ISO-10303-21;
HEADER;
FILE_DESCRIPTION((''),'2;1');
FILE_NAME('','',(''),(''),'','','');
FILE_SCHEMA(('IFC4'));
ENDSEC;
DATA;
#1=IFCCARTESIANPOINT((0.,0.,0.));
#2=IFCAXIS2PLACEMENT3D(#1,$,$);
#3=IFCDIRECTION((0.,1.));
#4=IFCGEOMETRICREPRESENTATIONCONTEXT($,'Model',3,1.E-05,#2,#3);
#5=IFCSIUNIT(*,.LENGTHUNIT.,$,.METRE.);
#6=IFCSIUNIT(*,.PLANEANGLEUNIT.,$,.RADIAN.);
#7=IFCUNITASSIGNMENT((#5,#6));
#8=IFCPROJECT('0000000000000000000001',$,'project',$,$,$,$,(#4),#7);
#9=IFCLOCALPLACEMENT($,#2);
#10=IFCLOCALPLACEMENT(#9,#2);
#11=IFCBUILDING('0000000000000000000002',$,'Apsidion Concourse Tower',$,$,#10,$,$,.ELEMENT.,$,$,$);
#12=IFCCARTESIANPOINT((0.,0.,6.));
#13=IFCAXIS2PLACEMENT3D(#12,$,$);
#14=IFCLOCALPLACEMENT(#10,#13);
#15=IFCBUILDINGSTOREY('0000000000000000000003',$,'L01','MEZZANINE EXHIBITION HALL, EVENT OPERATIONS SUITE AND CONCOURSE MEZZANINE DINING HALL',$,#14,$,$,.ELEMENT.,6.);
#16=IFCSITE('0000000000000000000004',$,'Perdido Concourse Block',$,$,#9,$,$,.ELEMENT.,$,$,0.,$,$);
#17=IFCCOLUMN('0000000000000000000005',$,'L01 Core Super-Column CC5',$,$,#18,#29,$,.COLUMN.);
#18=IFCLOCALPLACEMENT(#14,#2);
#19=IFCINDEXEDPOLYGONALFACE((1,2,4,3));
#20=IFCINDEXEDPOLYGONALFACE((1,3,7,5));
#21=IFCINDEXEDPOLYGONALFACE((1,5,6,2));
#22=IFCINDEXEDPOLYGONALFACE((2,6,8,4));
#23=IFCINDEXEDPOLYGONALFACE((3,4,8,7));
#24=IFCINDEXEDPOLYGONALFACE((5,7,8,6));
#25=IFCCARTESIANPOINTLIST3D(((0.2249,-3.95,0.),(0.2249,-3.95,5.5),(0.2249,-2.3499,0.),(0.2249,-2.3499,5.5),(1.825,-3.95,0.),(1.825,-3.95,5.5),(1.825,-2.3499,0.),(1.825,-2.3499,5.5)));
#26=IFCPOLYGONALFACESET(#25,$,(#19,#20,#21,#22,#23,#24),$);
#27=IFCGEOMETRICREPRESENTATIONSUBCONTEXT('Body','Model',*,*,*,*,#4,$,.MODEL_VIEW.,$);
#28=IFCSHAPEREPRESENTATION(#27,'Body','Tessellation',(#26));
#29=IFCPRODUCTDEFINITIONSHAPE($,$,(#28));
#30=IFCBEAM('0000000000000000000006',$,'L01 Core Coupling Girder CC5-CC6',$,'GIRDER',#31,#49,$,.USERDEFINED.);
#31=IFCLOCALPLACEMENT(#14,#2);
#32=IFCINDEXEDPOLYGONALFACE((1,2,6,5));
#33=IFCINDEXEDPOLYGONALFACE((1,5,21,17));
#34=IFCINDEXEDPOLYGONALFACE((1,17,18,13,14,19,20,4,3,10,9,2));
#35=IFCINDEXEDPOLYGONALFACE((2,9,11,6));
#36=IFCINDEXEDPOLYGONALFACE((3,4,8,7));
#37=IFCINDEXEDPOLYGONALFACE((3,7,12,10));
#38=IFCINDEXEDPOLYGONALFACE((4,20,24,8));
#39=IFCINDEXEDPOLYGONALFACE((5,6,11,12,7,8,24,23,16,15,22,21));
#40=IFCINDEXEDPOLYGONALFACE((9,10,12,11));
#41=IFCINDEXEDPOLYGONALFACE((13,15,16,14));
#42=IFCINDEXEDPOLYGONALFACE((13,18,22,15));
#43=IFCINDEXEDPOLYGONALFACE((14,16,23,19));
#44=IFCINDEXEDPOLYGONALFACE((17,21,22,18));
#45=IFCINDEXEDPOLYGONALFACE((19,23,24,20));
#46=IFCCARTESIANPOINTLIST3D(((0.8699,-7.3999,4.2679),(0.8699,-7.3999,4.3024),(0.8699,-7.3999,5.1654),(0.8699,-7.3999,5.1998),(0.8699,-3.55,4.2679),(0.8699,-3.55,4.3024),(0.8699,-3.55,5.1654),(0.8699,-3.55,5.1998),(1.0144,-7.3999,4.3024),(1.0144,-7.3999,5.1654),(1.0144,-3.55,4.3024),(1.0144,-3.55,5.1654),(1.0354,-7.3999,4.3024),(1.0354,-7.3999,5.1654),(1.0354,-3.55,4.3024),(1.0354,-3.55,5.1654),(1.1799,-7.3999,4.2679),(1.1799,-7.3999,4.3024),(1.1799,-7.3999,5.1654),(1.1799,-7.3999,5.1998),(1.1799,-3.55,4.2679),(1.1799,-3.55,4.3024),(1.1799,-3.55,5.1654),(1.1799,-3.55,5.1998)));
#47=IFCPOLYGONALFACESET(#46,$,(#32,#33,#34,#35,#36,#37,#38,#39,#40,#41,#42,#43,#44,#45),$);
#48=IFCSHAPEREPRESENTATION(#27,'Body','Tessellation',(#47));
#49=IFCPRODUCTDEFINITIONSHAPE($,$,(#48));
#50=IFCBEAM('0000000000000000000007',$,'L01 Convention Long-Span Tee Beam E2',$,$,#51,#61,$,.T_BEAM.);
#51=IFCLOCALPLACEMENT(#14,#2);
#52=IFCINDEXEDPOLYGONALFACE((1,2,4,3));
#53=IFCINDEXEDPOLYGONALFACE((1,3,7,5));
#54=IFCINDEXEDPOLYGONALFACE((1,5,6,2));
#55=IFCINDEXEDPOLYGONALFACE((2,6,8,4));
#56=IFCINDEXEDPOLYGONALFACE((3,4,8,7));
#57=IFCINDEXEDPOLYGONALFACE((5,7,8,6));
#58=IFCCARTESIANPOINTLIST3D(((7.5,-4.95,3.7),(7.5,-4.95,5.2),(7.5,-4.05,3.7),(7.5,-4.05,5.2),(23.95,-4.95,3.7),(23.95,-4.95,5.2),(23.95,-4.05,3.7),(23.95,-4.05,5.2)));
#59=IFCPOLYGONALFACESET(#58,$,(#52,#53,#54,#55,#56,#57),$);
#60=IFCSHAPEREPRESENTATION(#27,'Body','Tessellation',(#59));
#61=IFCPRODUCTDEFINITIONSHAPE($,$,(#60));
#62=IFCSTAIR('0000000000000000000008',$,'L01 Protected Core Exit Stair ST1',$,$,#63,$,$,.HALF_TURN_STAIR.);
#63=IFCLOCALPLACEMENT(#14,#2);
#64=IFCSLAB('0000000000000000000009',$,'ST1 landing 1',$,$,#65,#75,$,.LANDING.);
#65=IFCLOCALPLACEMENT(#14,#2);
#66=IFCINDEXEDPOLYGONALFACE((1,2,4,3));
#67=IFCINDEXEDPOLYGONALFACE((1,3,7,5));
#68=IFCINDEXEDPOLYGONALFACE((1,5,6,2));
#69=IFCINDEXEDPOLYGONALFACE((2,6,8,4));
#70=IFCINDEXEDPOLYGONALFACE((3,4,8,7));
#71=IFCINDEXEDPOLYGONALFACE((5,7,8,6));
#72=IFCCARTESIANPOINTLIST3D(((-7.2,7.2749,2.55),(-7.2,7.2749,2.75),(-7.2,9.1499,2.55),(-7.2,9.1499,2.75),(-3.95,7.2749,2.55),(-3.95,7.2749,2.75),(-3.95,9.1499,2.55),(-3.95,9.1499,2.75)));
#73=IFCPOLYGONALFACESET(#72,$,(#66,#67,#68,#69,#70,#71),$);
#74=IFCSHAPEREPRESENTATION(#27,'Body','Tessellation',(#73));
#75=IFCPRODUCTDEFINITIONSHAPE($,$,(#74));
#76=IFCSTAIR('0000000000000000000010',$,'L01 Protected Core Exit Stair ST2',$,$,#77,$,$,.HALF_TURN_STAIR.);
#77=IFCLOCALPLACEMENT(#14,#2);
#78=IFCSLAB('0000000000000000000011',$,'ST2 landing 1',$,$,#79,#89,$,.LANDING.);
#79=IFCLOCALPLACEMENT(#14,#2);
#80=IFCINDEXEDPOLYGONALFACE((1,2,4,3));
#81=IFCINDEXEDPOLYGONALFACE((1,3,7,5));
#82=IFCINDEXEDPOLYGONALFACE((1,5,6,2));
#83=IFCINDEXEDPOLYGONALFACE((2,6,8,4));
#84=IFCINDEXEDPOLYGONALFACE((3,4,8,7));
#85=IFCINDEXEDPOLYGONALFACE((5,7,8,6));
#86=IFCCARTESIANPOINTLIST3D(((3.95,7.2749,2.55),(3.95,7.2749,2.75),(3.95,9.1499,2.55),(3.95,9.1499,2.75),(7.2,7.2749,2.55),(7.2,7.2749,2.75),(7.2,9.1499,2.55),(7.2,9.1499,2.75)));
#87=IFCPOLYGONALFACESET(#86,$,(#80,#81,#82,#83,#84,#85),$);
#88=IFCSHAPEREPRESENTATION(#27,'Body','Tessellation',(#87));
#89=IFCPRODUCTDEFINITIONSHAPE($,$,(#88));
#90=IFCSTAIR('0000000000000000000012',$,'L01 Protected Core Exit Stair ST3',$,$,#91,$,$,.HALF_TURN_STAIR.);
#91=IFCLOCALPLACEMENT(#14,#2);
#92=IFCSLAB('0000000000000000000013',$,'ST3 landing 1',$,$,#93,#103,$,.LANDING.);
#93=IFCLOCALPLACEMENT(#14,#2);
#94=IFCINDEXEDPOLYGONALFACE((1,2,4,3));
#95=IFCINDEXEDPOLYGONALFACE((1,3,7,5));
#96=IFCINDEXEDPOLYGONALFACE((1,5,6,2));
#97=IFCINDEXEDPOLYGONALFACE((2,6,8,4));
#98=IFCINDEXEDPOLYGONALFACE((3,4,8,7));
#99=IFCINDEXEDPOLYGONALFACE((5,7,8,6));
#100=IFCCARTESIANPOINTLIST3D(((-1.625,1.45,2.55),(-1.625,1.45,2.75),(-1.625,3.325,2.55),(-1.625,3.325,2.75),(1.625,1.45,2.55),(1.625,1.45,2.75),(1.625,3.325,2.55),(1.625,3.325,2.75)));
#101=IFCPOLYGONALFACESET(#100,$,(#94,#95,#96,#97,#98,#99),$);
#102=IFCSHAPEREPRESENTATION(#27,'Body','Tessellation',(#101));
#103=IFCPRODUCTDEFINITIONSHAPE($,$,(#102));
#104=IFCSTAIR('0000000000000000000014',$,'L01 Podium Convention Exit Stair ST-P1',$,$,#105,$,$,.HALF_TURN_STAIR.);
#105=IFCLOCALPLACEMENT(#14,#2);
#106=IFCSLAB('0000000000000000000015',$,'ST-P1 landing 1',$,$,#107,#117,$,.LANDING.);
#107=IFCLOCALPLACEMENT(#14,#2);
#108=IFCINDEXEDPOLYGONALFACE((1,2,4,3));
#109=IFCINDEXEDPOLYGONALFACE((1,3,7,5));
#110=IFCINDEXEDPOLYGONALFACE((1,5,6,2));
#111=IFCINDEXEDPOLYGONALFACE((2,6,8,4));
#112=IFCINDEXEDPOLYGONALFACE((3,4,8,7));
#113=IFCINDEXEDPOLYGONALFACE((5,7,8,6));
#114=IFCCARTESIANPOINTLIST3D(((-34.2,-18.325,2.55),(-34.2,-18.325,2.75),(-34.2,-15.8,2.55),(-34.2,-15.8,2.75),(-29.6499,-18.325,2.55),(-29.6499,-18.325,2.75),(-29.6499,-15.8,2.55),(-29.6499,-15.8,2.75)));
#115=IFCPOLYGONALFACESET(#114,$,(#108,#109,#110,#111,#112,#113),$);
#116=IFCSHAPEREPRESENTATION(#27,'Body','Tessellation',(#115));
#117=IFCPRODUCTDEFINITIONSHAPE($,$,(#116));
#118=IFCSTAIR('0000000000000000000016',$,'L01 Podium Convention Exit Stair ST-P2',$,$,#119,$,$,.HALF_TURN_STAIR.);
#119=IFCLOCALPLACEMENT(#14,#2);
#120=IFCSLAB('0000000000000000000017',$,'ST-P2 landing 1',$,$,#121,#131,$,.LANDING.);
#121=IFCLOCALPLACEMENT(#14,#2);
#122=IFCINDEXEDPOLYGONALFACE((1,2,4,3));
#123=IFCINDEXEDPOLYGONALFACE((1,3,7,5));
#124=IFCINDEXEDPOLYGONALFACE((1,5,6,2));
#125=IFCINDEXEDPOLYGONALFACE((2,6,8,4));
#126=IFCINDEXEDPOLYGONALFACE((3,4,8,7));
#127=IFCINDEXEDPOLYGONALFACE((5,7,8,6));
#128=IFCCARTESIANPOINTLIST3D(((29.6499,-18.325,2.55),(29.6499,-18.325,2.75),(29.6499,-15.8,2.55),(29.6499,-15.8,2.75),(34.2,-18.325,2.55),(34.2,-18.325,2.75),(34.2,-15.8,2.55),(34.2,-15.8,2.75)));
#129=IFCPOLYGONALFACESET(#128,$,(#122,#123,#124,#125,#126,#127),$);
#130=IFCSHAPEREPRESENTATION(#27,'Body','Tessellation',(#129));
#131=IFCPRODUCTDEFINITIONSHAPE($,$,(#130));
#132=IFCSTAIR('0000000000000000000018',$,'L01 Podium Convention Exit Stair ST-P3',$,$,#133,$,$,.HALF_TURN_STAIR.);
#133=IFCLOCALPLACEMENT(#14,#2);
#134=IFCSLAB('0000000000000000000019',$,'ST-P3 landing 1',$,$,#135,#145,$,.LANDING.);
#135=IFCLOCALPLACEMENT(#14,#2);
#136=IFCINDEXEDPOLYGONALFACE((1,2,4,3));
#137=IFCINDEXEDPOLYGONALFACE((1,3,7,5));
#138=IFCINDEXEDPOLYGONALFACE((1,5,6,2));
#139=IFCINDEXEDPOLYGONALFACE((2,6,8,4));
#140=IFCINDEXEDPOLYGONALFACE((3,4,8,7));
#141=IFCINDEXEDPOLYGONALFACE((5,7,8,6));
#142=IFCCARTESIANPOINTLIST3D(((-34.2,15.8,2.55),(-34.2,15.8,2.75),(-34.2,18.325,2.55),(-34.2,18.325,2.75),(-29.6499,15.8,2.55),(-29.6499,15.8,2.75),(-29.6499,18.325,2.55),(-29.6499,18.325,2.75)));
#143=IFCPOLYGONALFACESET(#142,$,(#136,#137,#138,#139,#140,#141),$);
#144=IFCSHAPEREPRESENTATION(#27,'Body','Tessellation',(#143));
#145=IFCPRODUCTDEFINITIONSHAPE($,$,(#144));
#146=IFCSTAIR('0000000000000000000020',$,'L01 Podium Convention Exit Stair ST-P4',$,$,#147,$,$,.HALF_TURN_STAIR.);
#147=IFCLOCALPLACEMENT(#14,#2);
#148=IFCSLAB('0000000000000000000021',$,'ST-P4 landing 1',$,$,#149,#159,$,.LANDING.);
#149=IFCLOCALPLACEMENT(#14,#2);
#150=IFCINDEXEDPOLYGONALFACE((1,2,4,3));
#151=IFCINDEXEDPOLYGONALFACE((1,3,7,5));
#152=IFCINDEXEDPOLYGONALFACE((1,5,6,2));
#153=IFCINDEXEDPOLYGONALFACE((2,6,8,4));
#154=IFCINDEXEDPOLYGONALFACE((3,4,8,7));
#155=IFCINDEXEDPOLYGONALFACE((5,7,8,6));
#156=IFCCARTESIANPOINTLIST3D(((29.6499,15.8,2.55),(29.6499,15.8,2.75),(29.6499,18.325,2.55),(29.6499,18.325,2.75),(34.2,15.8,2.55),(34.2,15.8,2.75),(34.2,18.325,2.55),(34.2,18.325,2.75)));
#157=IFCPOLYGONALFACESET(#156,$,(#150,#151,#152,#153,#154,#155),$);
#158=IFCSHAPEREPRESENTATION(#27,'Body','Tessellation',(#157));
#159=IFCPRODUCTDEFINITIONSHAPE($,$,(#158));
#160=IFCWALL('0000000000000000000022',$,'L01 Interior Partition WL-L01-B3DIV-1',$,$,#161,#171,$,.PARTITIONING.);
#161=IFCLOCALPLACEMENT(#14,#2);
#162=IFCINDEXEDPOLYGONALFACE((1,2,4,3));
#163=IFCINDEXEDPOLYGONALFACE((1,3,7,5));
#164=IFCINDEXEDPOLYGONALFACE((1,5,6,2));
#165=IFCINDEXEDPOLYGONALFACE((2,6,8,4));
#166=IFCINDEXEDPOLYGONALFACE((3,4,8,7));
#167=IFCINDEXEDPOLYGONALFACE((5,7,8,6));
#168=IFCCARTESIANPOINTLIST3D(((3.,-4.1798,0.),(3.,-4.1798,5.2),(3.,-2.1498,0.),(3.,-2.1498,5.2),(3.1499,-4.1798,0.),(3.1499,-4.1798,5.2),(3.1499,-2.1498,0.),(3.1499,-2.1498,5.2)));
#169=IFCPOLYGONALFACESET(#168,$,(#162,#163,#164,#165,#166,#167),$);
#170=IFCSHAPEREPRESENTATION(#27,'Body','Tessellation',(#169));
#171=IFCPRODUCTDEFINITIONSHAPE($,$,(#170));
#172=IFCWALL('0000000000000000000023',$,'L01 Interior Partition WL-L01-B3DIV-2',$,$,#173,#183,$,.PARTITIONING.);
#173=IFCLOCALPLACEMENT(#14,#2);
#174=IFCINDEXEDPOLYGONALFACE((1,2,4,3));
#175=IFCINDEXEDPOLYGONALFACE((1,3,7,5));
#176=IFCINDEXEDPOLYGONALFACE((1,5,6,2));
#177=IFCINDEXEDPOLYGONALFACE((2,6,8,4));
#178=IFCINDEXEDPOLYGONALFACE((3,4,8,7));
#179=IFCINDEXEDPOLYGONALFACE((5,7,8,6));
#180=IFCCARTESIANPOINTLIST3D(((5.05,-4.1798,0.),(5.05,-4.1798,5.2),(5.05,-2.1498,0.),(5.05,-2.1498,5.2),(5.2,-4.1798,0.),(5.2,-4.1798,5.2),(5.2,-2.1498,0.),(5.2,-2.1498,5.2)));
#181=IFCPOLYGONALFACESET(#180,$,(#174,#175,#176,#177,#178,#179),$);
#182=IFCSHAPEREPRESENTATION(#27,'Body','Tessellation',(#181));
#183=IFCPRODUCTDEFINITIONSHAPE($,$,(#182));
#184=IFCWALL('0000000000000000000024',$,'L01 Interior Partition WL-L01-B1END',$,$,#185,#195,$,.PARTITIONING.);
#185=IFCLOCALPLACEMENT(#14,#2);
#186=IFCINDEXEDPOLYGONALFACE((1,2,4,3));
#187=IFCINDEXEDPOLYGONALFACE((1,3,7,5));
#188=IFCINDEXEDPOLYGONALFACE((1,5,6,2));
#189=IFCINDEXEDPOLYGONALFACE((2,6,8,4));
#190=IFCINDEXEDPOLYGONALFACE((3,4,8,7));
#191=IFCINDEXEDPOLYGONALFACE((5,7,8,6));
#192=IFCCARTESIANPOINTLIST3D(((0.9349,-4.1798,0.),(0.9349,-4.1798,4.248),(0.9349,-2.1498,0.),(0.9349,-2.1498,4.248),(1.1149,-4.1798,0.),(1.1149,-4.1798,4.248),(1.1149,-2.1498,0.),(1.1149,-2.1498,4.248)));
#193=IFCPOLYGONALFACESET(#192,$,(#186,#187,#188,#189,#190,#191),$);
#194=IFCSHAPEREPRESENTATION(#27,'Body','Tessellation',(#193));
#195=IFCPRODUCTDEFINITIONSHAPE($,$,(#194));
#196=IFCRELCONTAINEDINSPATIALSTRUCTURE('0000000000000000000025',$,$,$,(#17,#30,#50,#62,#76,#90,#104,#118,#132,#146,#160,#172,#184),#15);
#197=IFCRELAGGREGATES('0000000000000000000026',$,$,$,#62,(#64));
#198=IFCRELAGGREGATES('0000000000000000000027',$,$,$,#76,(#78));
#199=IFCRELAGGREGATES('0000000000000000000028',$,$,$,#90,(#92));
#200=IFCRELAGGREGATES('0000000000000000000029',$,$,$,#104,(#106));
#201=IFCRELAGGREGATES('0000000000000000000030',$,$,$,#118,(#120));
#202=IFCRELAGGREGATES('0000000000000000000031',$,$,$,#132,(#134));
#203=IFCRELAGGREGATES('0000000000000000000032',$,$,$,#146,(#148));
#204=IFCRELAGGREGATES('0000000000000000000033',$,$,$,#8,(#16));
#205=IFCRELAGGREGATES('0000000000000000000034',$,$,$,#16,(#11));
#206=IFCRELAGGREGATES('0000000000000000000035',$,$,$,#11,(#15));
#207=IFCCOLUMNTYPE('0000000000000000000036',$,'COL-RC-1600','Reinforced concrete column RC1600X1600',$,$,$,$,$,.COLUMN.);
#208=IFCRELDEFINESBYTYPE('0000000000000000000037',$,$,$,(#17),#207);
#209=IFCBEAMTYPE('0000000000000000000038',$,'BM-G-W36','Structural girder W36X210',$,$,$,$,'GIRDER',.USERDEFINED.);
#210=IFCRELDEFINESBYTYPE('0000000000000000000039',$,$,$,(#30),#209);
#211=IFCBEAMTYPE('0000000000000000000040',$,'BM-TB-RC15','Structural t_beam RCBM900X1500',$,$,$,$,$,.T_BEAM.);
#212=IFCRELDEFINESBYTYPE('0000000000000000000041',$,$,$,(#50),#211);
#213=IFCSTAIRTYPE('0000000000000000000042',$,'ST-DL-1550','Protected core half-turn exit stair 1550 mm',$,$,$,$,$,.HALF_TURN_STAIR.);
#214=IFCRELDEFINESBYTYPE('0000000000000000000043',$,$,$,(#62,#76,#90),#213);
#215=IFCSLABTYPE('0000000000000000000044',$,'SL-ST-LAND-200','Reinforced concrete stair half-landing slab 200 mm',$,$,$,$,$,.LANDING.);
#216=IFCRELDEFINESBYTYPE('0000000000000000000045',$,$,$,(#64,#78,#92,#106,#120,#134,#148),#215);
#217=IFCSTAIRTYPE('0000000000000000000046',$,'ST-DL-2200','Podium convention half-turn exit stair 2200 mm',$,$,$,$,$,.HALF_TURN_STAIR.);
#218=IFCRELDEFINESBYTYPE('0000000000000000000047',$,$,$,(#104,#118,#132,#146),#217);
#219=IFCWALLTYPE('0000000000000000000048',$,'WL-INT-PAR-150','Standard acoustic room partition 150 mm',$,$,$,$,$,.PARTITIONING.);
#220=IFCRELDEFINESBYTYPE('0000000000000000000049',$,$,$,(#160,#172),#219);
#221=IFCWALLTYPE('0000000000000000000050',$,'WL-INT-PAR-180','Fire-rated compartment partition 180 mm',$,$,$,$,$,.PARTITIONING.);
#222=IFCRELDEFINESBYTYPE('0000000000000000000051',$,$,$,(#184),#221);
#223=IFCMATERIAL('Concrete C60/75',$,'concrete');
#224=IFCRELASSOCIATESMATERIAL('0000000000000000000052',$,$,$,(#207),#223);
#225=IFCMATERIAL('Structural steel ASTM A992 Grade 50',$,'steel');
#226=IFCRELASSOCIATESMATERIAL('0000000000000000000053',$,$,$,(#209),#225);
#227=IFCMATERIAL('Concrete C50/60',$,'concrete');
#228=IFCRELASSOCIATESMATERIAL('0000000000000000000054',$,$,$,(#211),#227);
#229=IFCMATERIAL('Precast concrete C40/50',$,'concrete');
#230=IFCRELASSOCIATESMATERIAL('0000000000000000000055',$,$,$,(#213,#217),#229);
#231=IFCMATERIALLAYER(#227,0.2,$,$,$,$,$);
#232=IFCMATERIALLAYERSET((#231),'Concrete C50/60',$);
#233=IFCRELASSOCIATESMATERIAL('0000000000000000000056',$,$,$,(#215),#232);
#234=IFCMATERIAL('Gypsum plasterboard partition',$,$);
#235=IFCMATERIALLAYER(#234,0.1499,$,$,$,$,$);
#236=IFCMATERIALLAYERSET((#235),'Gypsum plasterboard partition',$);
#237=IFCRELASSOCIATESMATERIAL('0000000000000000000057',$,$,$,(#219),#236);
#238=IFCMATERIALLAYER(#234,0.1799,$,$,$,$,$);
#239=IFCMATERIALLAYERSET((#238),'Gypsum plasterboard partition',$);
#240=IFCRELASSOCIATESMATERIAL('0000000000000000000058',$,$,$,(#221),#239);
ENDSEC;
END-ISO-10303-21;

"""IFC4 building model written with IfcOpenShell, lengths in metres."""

from ifc_helpers import new_model, si_unit, direction, frame, frame_2d, origin, origin_2d, place, context, subcontext, project, spatial, polyline, rectangle, i_section, outline, extrude, material, layer, layer_set, material_profile, profile_set, type_object, element, aggregate, save


model = new_model("IFC4")

# Units and contexts
model_context = context("Model", 3, precision=1e-05, world=origin(), true_north=direction((0.0, 1.0)))
body_context = subcontext(model_context, "Body", "Model", "MODEL_VIEW")
ifc_project = project(units=[si_unit("LENGTHUNIT", "METRE"), si_unit("PLANEANGLEUNIT", "RADIAN")], contexts=[model_context])

# Site, building, storey
site_placement = place(None, origin())
site = spatial("IfcSite", under=ifc_project, at=site_placement, Name="Perdido Concourse Block", CompositionType="ELEMENT", RefElevation=0.0)
building_placement = place(site_placement, origin())
building = spatial("IfcBuilding", under=site, at=building_placement, Name="Apsidion Concourse Tower", CompositionType="ELEMENT")
storey_placement = place(building_placement, frame((0.0, 0.0, 6.0)))
storey = spatial("IfcBuildingStorey", under=building, at=storey_placement, Name="L01", Description="MEZZANINE EXHIBITION HALL, EVENT OPERATIONS SUITE AND CONCOURSE MEZZANINE DINING HALL", CompositionType="ELEMENT", Elevation=6.0)

# Column
ifc_material_1 = material(Name="Concrete C60/75", Category="concrete")
ifc_material_profile_1 = material_profile(ifc_material_1, rectangle(XDim=1.6001, YDim=1.6001, at=origin_2d()), Name="RC 1600x1600")
ifc_profile_set_1 = profile_set([ifc_material_profile_1], Name="Concrete C60/75")
column_type = type_object("IfcColumnType", Name="COL-RC-1600", Description="Reinforced concrete column RC1600X1600", PredefinedType="COLUMN", material=ifc_profile_set_1)
column_placement = place(storey_placement, frame((1.0249, -3.1499, 0.0), z_axis=(0.0, 0.0, 1.0), x_axis=(1.0, 0.0, 0.0)))
element("IfcColumn", 1, at=column_placement, inside=storey, type_object=column_type, Name="L01 Core Super-Column CC5", PredefinedType="COLUMN", context=body_context, shape_type="SweptSolid", body=[
    extrude(rectangle(XDim=1.6001, YDim=1.6001, at=origin_2d()), origin(), (0.0, 0.0, 1.0), 5.5),
])

# Beams
ifc_material_2 = material(Name="Structural steel ASTM A992 Grade 50", Category="steel")
ifc_material_profile_2 = material_profile(ifc_material_2, i_section(OverallWidth=0.3101, OverallDepth=0.9319, WebThickness=0.021, FlangeThickness=0.0344, at=origin_2d()), Name="W36X210")
ifc_profile_set_2 = profile_set([ifc_material_profile_2], Name="Structural steel ASTM A992 Grade 50")
beam_type_1 = type_object("IfcBeamType", Name="BM-G-W36", Description="Structural girder W36X210", ElementType="GIRDER", PredefinedType="USERDEFINED", material=ifc_profile_set_2)
beam_1_placement = place(storey_placement, frame((1.0249, -3.55, 4.7339), z_axis=(0.0, -1.0, 0.0), x_axis=(1.0, 0.0, 0.0)))
element("IfcBeam", 2, at=beam_1_placement, inside=storey, type_object=beam_type_1, Name="L01 Core Coupling Girder CC5-CC6", ObjectType="GIRDER", PredefinedType="USERDEFINED", context=body_context, shape_type="SweptSolid", body=[
    extrude(i_section(OverallWidth=0.3101, OverallDepth=0.9319, WebThickness=0.021, FlangeThickness=0.0344, at=origin_2d()), origin(), (0.0, 0.0, 1.0), 3.8499),
])
ifc_material_3 = material(Name="Concrete C50/60", Category="concrete")
ifc_material_profile_3 = material_profile(ifc_material_3, rectangle(XDim=0.8999, YDim=1.5, at=origin_2d()), Name="RC 900x1500")
ifc_profile_set_3 = profile_set([ifc_material_profile_3], Name="Concrete C50/60")
beam_type_2 = type_object("IfcBeamType", Name="BM-TB-RC15", Description="Structural t_beam RCBM900X1500", PredefinedType="T_BEAM", material=ifc_profile_set_3)
beam_2_placement = place(storey_placement, frame((7.5, -4.5, 4.45), z_axis=(1.0, 0.0, 0.0), x_axis=(0.0, 1.0, 0.0)))
element("IfcBeam", 3, at=beam_2_placement, inside=storey, type_object=beam_type_2, Name="L01 Convention Long-Span Tee Beam E2", PredefinedType="T_BEAM", context=body_context, shape_type="SweptSolid", body=[
    extrude(rectangle(XDim=0.8999, YDim=1.5, at=origin_2d()), origin(), (0.0, 0.0, 1.0), 16.45),
])

# Stairs, slabs
ifc_material_4 = material(Name="Precast concrete C40/50", Category="concrete")
stair_type_1 = type_object("IfcStairType", Name="ST-DL-1550", Description="Protected core half-turn exit stair 1550 mm", PredefinedType="HALF_TURN_STAIR", material=ifc_material_4)
stair_1_placement = place(storey_placement, origin())
stair_1 = element("IfcStair", 4, at=stair_1_placement, inside=storey, type_object=stair_type_1, Name="L01 Protected Core Exit Stair ST1", PredefinedType="HALF_TURN_STAIR")
ifc_layer_1 = layer(ifc_material_3, 0.2)
ifc_layer_set_1 = layer_set([ifc_layer_1], Name="Concrete C50/60")
slab_type = type_object("IfcSlabType", Name="SL-ST-LAND-200", Description="Reinforced concrete stair half-landing slab 200 mm", PredefinedType="LANDING", material=ifc_layer_set_1)
slab_1_placement = place(storey_placement, frame((0.0, 0.0, 2.55)))
slab_1 = element("IfcSlab", 5, at=slab_1_placement, type_object=slab_type, Name="ST1 landing 1", PredefinedType="LANDING", context=body_context, shape_type="SweptSolid", body=[
    extrude(outline(polyline([(-3.95, 7.2749), (-3.95, 9.1499), (-7.2, 9.1499), (-7.2, 7.2749), (-3.95, 7.2749)])), origin(), (0.0, 0.0, 1.0), 0.2),
])
aggregate(stair_1, [slab_1])
stair_2_placement = place(storey_placement, origin())
stair_2 = element("IfcStair", 6, at=stair_2_placement, inside=storey, type_object=stair_type_1, Name="L01 Protected Core Exit Stair ST2", PredefinedType="HALF_TURN_STAIR")
slab_2_placement = place(storey_placement, frame((0.0, 0.0, 2.55)))
slab_2 = element("IfcSlab", 7, at=slab_2_placement, type_object=slab_type, Name="ST2 landing 1", PredefinedType="LANDING", context=body_context, shape_type="SweptSolid", body=[
    extrude(outline(polyline([(7.2, 7.2749), (7.2, 9.1499), (3.95, 9.1499), (3.95, 7.2749), (7.2, 7.2749)])), origin(), (0.0, 0.0, 1.0), 0.2),
])
aggregate(stair_2, [slab_2])
stair_3_placement = place(storey_placement, origin())
stair_3 = element("IfcStair", 8, at=stair_3_placement, inside=storey, type_object=stair_type_1, Name="L01 Protected Core Exit Stair ST3", PredefinedType="HALF_TURN_STAIR")
slab_3_placement = place(storey_placement, frame((0.0, 0.0, 2.55)))
slab_3 = element("IfcSlab", 9, at=slab_3_placement, type_object=slab_type, Name="ST3 landing 1", PredefinedType="LANDING", context=body_context, shape_type="SweptSolid", body=[
    extrude(outline(polyline([(-1.625, 3.325), (-1.625, 1.45), (1.625, 1.45), (1.625, 3.325), (-1.625, 3.325)])), origin(), (0.0, 0.0, 1.0), 0.2),
])
aggregate(stair_3, [slab_3])
stair_type_2 = type_object("IfcStairType", Name="ST-DL-2200", Description="Podium convention half-turn exit stair 2200 mm", PredefinedType="HALF_TURN_STAIR", material=ifc_material_4)
stair_4_placement = place(storey_placement, origin())
stair_4 = element("IfcStair", 10, at=stair_4_placement, inside=storey, type_object=stair_type_2, Name="L01 Podium Convention Exit Stair ST-P1", PredefinedType="HALF_TURN_STAIR")
slab_4_placement = place(storey_placement, frame((0.0, 0.0, 2.55)))
slab_4 = element("IfcSlab", 11, at=slab_4_placement, type_object=slab_type, Name="ST-P1 landing 1", PredefinedType="LANDING", context=body_context, shape_type="SweptSolid", body=[
    extrude(outline(polyline([(-29.6499, -18.325), (-29.6499, -15.8), (-34.2, -15.8), (-34.2, -18.325), (-29.6499, -18.325)])), origin(), (0.0, 0.0, 1.0), 0.2),
])
aggregate(stair_4, [slab_4])
stair_5_placement = place(storey_placement, origin())
stair_5 = element("IfcStair", 12, at=stair_5_placement, inside=storey, type_object=stair_type_2, Name="L01 Podium Convention Exit Stair ST-P2", PredefinedType="HALF_TURN_STAIR")
slab_5_placement = place(storey_placement, frame((0.0, 0.0, 2.55)))
slab_5 = element("IfcSlab", 13, at=slab_5_placement, type_object=slab_type, Name="ST-P2 landing 1", PredefinedType="LANDING", context=body_context, shape_type="SweptSolid", body=[
    extrude(outline(polyline([(34.2, -18.325), (34.2, -15.8), (29.6499, -15.8), (29.6499, -18.325), (34.2, -18.325)])), origin(), (0.0, 0.0, 1.0), 0.2),
])
aggregate(stair_5, [slab_5])
stair_6_placement = place(storey_placement, origin())
stair_6 = element("IfcStair", 14, at=stair_6_placement, inside=storey, type_object=stair_type_2, Name="L01 Podium Convention Exit Stair ST-P3", PredefinedType="HALF_TURN_STAIR")
slab_6_placement = place(storey_placement, frame((0.0, 0.0, 2.55)))
slab_6 = element("IfcSlab", 15, at=slab_6_placement, type_object=slab_type, Name="ST-P3 landing 1", PredefinedType="LANDING", context=body_context, shape_type="SweptSolid", body=[
    extrude(outline(polyline([(-34.2, 18.325), (-34.2, 15.8), (-29.6499, 15.8), (-29.6499, 18.325), (-34.2, 18.325)])), origin(), (0.0, 0.0, 1.0), 0.2),
])
aggregate(stair_6, [slab_6])
stair_7_placement = place(storey_placement, origin())
stair_7 = element("IfcStair", 16, at=stair_7_placement, inside=storey, type_object=stair_type_2, Name="L01 Podium Convention Exit Stair ST-P4", PredefinedType="HALF_TURN_STAIR")
slab_7_placement = place(storey_placement, frame((0.0, 0.0, 2.55)))
slab_7 = element("IfcSlab", 17, at=slab_7_placement, type_object=slab_type, Name="ST-P4 landing 1", PredefinedType="LANDING", context=body_context, shape_type="SweptSolid", body=[
    extrude(outline(polyline([(29.6499, 18.325), (29.6499, 15.8), (34.2, 15.8), (34.2, 18.325), (29.6499, 18.325)])), origin(), (0.0, 0.0, 1.0), 0.2),
])
aggregate(stair_7, [slab_7])

# Walls
ifc_material_5 = material(Name="Gypsum plasterboard partition")
ifc_layer_2 = layer(ifc_material_5, 0.1499)
ifc_layer_set_2 = layer_set([ifc_layer_2], Name="Gypsum plasterboard partition")
wall_type_1 = type_object("IfcWallType", Name="WL-INT-PAR-150", Description="Standard acoustic room partition 150 mm", PredefinedType="PARTITIONING", material=ifc_layer_set_2)
for number, where, z_axis, x_axis, name in (
    (18, (3.075, -4.1799, 0.0), (0.0, 0.0, 1.0), (0.0, 1.0, 0.0), "L01 Interior Partition WL-L01-B3DIV-1"),
    (19, (5.125, -4.1799, 0.0), (0.0, 0.0, 1.0), (0.0, 1.0, 0.0), "L01 Interior Partition WL-L01-B3DIV-2"),
):
    element("IfcWall", number, at=place(storey_placement, frame(where, z_axis=z_axis, x_axis=x_axis)), inside=storey, type_object=wall_type_1, Name=name, PredefinedType="PARTITIONING", context=body_context, shape_type="SweptSolid", body=[
        extrude(rectangle(XDim=2.03, YDim=0.1499, at=frame_2d((1.0151, 0.0))), origin(), (0.0, 0.0, 1.0), 5.2),
    ])
ifc_layer_3 = layer(ifc_material_5, 0.1799)
ifc_layer_set_3 = layer_set([ifc_layer_3], Name="Gypsum plasterboard partition")
wall_type_2 = type_object("IfcWallType", Name="WL-INT-PAR-180", Description="Fire-rated compartment partition 180 mm", PredefinedType="PARTITIONING", material=ifc_layer_set_3)
wall_1_placement = place(storey_placement, frame((1.0249, -4.1799, 0.0), z_axis=(0.0, 0.0, 1.0), x_axis=(0.0, 1.0, 0.0)))
element("IfcWall", 20, at=wall_1_placement, inside=storey, type_object=wall_type_2, Name="L01 Interior Partition WL-L01-B1END", PredefinedType="PARTITIONING", context=body_context, shape_type="SweptSolid", body=[
    extrude(rectangle(XDim=2.03, YDim=0.1799, at=frame_2d((1.0151, 0.0))), origin(), (0.0, 0.0, 1.0), 4.248),
])

save(model, "model.ifc")
